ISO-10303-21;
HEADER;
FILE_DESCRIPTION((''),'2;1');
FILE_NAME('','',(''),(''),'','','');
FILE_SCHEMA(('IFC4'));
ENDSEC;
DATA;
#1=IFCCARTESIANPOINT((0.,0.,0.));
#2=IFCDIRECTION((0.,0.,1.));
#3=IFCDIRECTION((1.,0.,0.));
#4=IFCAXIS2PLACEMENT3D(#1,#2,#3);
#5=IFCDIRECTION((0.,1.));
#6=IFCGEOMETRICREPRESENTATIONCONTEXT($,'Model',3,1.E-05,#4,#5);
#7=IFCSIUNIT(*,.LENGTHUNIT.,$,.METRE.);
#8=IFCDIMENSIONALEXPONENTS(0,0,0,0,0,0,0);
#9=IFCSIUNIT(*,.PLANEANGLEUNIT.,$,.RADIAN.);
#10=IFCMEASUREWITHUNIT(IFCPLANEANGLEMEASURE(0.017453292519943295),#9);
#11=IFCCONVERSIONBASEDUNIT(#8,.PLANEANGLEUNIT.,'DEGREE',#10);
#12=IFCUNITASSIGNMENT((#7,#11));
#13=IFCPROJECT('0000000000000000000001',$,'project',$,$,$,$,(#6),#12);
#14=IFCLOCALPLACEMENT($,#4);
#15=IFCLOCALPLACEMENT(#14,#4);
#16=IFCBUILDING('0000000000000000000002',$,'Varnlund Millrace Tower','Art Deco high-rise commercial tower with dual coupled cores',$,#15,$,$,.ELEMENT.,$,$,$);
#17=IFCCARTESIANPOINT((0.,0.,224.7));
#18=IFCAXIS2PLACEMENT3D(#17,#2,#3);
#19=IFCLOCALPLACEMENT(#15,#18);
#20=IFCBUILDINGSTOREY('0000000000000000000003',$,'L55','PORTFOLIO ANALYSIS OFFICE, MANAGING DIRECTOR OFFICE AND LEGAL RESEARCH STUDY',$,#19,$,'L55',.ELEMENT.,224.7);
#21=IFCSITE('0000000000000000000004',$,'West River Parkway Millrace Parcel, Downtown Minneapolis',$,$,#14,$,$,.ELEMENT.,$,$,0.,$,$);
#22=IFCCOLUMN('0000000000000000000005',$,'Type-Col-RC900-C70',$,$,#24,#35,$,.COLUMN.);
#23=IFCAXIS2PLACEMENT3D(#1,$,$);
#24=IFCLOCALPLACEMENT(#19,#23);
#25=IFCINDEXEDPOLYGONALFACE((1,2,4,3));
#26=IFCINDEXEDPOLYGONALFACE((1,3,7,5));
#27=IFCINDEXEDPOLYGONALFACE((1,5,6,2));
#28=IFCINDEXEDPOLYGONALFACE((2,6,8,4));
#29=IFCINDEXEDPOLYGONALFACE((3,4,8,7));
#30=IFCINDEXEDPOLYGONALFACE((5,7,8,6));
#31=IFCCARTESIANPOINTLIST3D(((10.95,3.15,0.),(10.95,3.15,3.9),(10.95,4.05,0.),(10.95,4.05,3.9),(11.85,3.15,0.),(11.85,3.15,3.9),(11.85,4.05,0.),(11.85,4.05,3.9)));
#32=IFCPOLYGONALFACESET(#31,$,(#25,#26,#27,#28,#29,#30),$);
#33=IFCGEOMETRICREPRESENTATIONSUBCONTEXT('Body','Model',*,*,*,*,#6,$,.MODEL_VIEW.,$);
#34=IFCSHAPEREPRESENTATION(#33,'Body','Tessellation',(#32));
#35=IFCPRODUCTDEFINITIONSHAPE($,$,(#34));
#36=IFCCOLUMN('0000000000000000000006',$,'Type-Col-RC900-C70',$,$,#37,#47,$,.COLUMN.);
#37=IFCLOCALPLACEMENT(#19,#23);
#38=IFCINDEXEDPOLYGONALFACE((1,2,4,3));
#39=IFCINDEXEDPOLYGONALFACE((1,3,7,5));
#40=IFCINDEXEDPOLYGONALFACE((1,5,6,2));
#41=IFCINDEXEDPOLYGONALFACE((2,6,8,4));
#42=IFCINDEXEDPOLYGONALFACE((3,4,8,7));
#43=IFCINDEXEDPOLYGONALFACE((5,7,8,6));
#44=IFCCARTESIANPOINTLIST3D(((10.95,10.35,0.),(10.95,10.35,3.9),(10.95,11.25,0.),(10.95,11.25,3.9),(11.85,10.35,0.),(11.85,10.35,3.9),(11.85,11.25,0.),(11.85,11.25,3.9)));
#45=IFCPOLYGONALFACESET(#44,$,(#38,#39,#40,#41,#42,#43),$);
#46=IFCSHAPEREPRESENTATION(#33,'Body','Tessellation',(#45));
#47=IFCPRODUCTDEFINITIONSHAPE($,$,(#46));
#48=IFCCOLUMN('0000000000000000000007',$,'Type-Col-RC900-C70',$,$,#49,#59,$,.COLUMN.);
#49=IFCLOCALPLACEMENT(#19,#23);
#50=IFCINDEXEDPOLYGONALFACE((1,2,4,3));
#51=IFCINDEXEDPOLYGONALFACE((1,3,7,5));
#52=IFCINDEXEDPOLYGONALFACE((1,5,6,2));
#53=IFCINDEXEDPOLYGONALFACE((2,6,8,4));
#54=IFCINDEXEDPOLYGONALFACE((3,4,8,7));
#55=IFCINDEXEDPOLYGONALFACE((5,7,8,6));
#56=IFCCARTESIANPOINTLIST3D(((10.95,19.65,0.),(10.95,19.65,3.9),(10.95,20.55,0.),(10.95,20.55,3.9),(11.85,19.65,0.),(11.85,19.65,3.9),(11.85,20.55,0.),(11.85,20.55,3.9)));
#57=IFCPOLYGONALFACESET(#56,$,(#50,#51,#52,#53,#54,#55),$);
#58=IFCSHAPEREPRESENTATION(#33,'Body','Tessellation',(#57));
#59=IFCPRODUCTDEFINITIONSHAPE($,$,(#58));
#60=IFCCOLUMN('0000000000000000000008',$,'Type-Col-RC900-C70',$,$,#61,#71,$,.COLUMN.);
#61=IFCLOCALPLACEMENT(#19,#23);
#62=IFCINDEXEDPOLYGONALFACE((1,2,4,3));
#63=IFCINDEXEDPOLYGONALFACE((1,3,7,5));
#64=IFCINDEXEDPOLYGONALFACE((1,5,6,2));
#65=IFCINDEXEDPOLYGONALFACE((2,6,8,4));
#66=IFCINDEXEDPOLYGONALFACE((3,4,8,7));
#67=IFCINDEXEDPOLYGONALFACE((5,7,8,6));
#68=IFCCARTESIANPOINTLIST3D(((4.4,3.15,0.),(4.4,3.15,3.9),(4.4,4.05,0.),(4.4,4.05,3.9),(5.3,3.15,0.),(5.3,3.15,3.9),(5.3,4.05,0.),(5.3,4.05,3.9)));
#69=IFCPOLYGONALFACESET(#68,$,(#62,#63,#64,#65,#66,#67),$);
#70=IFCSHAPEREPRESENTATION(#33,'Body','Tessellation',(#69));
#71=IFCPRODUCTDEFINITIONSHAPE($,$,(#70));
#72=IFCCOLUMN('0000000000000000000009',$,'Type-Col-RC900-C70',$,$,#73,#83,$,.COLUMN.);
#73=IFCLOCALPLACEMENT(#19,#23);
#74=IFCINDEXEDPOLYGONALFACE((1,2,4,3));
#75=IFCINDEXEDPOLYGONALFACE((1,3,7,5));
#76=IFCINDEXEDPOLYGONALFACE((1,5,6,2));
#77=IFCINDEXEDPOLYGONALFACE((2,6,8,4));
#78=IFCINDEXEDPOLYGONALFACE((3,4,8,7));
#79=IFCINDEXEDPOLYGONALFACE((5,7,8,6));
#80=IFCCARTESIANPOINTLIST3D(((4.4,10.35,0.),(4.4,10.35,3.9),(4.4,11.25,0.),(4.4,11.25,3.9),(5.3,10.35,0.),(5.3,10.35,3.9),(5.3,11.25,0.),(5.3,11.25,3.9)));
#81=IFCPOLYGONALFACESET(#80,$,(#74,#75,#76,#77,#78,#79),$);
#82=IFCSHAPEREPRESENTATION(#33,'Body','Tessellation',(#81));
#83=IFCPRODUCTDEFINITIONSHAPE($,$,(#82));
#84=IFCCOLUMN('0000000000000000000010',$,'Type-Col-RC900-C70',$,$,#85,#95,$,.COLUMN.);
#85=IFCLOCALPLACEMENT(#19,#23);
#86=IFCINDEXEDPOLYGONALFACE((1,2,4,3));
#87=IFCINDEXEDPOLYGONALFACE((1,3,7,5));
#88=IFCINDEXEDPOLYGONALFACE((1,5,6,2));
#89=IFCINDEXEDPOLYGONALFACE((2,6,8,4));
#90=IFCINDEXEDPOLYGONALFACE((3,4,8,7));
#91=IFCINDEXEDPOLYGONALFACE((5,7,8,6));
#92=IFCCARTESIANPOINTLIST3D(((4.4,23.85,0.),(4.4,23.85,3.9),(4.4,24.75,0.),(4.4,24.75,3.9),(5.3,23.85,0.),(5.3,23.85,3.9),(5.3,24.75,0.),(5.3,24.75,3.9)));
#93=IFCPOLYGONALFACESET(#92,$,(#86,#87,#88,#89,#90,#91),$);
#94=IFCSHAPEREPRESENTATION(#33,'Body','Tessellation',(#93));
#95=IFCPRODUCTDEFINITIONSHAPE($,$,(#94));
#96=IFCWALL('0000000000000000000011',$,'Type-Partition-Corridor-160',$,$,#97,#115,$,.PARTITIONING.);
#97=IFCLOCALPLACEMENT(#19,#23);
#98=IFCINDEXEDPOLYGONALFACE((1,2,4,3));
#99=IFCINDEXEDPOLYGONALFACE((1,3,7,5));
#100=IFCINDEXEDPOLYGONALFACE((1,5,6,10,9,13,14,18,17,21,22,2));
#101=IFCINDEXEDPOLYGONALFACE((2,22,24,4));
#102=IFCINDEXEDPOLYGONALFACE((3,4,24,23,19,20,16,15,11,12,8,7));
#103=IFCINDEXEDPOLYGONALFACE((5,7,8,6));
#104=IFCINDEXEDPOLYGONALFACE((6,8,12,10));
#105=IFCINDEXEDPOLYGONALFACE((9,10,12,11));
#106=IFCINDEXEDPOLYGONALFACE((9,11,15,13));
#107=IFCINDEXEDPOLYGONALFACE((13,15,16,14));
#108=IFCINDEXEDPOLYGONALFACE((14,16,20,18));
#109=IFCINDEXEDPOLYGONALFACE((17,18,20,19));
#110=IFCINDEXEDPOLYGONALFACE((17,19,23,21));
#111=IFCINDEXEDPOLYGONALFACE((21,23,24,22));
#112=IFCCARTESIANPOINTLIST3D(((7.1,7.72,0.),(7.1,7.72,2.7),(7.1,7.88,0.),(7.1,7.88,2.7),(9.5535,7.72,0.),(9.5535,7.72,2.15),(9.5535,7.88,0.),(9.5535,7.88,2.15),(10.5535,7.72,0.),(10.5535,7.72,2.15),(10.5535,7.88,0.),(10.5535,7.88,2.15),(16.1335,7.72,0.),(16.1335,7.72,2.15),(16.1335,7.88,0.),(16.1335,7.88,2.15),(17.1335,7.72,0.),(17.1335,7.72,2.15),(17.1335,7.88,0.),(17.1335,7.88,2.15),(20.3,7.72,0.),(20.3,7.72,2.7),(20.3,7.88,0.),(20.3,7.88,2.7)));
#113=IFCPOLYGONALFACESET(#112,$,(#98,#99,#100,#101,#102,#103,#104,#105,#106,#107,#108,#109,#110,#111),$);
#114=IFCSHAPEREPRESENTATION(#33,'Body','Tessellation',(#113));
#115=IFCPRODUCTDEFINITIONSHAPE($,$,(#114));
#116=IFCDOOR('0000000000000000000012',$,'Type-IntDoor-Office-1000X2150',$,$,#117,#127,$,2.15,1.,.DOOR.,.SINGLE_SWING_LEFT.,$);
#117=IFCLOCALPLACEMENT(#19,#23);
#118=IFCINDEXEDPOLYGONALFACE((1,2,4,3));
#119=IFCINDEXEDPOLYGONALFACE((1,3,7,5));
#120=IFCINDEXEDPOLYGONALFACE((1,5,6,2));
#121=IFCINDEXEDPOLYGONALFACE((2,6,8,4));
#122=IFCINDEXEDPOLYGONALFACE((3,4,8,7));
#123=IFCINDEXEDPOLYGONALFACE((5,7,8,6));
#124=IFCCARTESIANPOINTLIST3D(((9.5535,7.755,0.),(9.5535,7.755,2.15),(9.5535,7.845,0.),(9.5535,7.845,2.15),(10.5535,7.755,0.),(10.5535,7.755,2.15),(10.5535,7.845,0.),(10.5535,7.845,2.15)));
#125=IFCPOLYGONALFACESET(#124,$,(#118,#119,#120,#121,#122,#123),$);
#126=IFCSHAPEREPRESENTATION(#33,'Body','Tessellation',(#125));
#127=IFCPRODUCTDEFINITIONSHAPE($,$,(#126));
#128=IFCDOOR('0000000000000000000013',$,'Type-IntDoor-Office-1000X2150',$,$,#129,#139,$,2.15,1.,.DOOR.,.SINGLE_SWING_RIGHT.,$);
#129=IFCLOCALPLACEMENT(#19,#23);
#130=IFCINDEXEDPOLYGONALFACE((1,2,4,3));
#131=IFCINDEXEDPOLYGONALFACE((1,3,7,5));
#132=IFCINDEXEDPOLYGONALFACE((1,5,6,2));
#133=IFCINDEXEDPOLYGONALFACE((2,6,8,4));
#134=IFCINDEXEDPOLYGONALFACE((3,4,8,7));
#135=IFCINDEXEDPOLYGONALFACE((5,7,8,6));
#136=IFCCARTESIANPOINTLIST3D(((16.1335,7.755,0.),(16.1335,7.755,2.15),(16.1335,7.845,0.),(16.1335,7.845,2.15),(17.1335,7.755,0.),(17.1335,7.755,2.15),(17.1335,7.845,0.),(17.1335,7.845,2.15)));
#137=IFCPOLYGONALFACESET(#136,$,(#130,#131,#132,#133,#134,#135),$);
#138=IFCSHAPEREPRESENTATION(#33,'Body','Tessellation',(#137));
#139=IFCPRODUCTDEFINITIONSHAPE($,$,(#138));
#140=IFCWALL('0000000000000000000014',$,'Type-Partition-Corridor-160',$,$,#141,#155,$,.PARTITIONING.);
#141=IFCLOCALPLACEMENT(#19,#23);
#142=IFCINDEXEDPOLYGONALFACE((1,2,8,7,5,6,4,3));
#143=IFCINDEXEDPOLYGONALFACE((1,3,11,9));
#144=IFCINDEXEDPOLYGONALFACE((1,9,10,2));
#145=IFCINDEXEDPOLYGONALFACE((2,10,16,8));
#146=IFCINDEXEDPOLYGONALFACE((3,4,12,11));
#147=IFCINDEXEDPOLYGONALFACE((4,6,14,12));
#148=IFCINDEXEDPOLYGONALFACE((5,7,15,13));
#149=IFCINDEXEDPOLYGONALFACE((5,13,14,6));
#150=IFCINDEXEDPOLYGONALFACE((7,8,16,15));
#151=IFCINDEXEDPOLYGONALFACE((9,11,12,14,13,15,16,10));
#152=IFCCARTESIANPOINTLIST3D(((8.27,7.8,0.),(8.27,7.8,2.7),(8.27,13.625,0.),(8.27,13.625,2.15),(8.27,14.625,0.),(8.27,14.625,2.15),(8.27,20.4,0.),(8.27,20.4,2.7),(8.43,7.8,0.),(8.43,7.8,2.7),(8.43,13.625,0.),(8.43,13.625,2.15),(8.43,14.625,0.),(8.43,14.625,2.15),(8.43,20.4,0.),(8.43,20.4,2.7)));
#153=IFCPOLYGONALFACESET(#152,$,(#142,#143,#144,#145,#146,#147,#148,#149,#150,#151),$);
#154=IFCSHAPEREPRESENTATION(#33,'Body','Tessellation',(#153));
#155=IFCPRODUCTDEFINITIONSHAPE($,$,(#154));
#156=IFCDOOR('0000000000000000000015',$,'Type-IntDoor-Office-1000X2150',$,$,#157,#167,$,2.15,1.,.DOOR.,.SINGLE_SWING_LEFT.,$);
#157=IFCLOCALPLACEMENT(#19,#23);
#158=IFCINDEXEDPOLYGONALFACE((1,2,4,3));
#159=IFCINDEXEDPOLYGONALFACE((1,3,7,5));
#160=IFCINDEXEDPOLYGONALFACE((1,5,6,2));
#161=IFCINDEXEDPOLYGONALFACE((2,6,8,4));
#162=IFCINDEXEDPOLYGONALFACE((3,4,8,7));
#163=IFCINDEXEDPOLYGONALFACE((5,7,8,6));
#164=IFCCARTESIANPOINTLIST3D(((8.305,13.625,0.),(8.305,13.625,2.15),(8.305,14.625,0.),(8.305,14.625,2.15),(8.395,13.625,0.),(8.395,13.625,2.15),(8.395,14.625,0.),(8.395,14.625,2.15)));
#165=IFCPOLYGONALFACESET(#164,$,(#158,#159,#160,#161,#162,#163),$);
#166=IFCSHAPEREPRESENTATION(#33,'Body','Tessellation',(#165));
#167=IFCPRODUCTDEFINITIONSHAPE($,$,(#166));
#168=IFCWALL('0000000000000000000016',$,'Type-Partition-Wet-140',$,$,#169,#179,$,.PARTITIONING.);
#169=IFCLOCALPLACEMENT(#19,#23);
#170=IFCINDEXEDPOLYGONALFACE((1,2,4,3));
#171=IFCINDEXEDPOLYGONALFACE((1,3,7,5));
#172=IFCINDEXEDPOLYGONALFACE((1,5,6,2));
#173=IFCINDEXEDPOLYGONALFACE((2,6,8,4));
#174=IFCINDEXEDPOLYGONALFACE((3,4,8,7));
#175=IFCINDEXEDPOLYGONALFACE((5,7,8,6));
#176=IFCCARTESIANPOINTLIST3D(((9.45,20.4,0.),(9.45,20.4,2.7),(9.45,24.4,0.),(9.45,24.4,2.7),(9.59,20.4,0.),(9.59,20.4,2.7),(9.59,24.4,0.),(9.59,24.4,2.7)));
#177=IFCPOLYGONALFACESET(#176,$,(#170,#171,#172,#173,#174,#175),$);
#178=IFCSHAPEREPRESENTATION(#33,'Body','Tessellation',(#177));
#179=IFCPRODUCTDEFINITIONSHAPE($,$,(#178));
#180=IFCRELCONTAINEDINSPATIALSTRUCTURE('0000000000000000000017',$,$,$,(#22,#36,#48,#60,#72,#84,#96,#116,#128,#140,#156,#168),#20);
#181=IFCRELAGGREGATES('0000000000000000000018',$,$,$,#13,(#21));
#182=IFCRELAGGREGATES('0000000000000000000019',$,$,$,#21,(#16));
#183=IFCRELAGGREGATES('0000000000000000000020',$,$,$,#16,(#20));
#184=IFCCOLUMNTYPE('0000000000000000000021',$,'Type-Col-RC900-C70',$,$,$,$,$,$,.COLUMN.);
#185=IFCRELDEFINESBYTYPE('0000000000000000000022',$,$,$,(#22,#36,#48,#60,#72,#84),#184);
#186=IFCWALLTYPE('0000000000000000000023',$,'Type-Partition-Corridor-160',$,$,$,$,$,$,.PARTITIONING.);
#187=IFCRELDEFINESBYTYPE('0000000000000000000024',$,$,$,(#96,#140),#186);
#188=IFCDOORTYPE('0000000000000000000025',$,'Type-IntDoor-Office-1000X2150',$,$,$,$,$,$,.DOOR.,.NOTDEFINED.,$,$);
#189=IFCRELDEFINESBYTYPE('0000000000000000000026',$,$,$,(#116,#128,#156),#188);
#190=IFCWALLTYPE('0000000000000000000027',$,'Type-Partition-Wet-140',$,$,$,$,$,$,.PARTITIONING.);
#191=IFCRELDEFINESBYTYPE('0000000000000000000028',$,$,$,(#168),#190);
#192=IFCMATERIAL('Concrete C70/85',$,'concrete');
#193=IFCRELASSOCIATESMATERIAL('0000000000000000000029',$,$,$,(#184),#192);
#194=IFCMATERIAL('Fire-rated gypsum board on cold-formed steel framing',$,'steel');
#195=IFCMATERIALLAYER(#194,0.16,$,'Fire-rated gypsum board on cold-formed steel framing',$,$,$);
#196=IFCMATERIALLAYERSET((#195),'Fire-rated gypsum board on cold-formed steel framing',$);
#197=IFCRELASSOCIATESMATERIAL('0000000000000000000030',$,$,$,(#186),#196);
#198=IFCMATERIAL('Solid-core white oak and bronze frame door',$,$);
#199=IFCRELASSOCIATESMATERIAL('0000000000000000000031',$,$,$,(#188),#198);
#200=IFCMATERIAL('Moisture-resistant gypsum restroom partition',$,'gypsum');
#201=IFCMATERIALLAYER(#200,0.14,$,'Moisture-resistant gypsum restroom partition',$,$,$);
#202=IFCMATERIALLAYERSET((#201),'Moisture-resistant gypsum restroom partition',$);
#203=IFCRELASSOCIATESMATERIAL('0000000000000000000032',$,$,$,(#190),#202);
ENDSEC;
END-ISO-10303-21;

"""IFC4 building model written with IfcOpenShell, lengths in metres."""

from ifc_helpers import new_model, entity, si_unit, converted_unit, direction, frame, origin_with_axes, origin_2d_with_axis, place, context, subcontext, project, spatial, polyline, rectangle, outline, extrude, material, layer, layer_set, material_profile, profile_set, type_object, element, fill, save


model = new_model("IFC4")

# Units and contexts
model_context = context("Model", 3, precision=1e-05, world=origin_with_axes(), true_north=direction((0.0, 1.0)))
body_context = subcontext(model_context, "Body", "Model", "MODEL_VIEW")
ifc_project = project(units=[si_unit("LENGTHUNIT", "METRE"), converted_unit("PLANEANGLEUNIT", "DEGREE", entity("IfcPlaneAngleMeasure", 0.017453292519943295), si_unit("PLANEANGLEUNIT", "RADIAN"), dimensions=[0, 0, 0, 0, 0, 0, 0])], contexts=[model_context])

# Site, building, storey
site_placement = place(None, origin_with_axes())
site = spatial("IfcSite", under=ifc_project, at=site_placement, Name="West River Parkway Millrace Parcel, Downtown Minneapolis", CompositionType="ELEMENT", RefElevation=0.0)
building_placement = place(site_placement, origin_with_axes())
building = spatial("IfcBuilding", under=site, at=building_placement, Name="Varnlund Millrace Tower", Description="Art Deco high-rise commercial tower with dual coupled cores", CompositionType="ELEMENT")
storey_placement = place(building_placement, frame((0.0, 0.0, 224.7), z_axis=(0.0, 0.0, 1.0), x_axis=(1.0, 0.0, 0.0)))
storey = spatial("IfcBuildingStorey", under=building, at=storey_placement, Name="L55", Description="PORTFOLIO ANALYSIS OFFICE, MANAGING DIRECTOR OFFICE AND LEGAL RESEARCH STUDY", LongName="L55", CompositionType="ELEMENT", Elevation=224.7)

# Columns
ifc_material_1 = material(Name="Concrete C70/85", Category="concrete")
ifc_material_profile = material_profile(ifc_material_1, rectangle(XDim=0.9, YDim=0.9, at=origin_2d_with_axis()), Name="Concrete C70/85")
ifc_profile_set = profile_set([ifc_material_profile], Name="Concrete C70/85")
column_type = type_object("IfcColumnType", Name="Type-Col-RC900-C70", PredefinedType="COLUMN", material=ifc_profile_set)
for number, where, z_axis, x_axis, name in (
    (1, (11.4, 3.6, 0.0), (0.0, 0.0, 1.0), (1.0, 0.0, 0.0), "Type-Col-RC900-C70"),
    (2, (11.4, 10.8, 0.0), (0.0, 0.0, 1.0), (1.0, 0.0, 0.0), "Type-Col-RC900-C70"),
    (3, (11.4, 20.1, 0.0), (0.0, 0.0, 1.0), (1.0, 0.0, 0.0), "Type-Col-RC900-C70"),
    (4, (4.85, 3.6, 0.0), (0.0, 0.0, 1.0), (1.0, 0.0, 0.0), "Type-Col-RC900-C70"),
    (5, (4.85, 10.8, 0.0), (0.0, 0.0, 1.0), (1.0, 0.0, 0.0), "Type-Col-RC900-C70"),
    (6, (4.85, 24.3, 0.0), (0.0, 0.0, 1.0), (1.0, 0.0, 0.0), "Type-Col-RC900-C70"),
):
    element("IfcColumn", number, at=place(storey_placement, frame(where, z_axis=z_axis, x_axis=x_axis)), inside=storey, type_object=column_type, Name=name, PredefinedType="COLUMN", context=body_context, shape_type="SweptSolid", body=[
        extrude(rectangle(XDim=0.9, YDim=0.9, at=origin_2d_with_axis()), origin_with_axes(), (0.0, 0.0, 1.0), 3.9),
    ])

# Wall, openings, doors
ifc_material_2 = material(Name="Fire-rated gypsum board on cold-formed steel framing", Category="steel")
ifc_layer_1 = layer(ifc_material_2, 0.16, Name="Fire-rated gypsum board on cold-formed steel framing")
ifc_layer_set_1 = layer_set([ifc_layer_1], Name="Fire-rated gypsum board on cold-formed steel framing")
wall_type_1 = type_object("IfcWallType", Name="Type-Partition-Corridor-160", PredefinedType="PARTITIONING", material=ifc_layer_set_1)
wall_1_placement = place(storey_placement, frame((7.1, 7.8, 0.0), z_axis=(0.0, 0.0, 1.0), x_axis=(1.0, 0.0, 0.0)))
wall_1 = element("IfcWall", 7, at=wall_1_placement, inside=storey, type_object=wall_type_1, Name="Type-Partition-Corridor-160", PredefinedType="PARTITIONING", context=body_context, shape_type="SweptSolid", body=[
    extrude(outline(polyline([(0.0, -0.08), (13.2, -0.08), (13.2, 0.08), (0.0, 0.08), (0.0, -0.08)])), origin_with_axes(), (0.0, 0.0, 1.0), 2.7),
])
opening_1_placement = place(wall_1_placement, frame((2.9535, 0.0, 0.0), z_axis=(0.0, 0.0, 1.0), x_axis=(1.0, 0.0, 0.0)))
opening_1 = element("IfcOpeningElement", 8, at=opening_1_placement, cuts=wall_1, PredefinedType="OPENING", context=body_context, shape_type="SweptSolid", body=[
    extrude(rectangle(XDim=1.0, YDim=0.18, at=origin_2d_with_axis()), origin_with_axes(), (0.0, 0.0, 1.0), 2.15),
])
opening_2_placement = place(wall_1_placement, frame((9.5335, 0.0, 0.0), z_axis=(0.0, 0.0, 1.0), x_axis=(1.0, 0.0, 0.0)))
opening_2 = element("IfcOpeningElement", 9, at=opening_2_placement, cuts=wall_1, PredefinedType="OPENING", context=body_context, shape_type="SweptSolid", body=[
    extrude(rectangle(XDim=1.0, YDim=0.18, at=origin_2d_with_axis()), origin_with_axes(), (0.0, 0.0, 1.0), 2.15),
])
ifc_material_3 = material(Name="Solid-core white oak and bronze frame door")
door_type_1 = type_object("IfcDoorType", Name="Type-IntDoor-Office-1000X2150", OperationType="NOTDEFINED", PredefinedType="DOOR", material=ifc_material_3)
door_1_placement = place(wall_1_placement, frame((2.9535, 0.0, 0.0), z_axis=(0.0, 0.0, 1.0), x_axis=(1.0, 0.0, 0.0)))
door_1 = element("IfcDoor", 10, at=door_1_placement, inside=storey, type_object=door_type_1, Name="Type-IntDoor-Office-1000X2150", OperationType="SINGLE_SWING_LEFT", OverallHeight=2.15, OverallWidth=1.0, PredefinedType="DOOR", context=body_context, shape_type="SweptSolid", body=[
    extrude(rectangle(XDim=1.0, YDim=0.09, at=origin_2d_with_axis()), origin_with_axes(), (0.0, 0.0, 1.0), 2.15),
])
fill(opening_1, door_1)
door_2_placement = place(wall_1_placement, frame((9.5335, 0.0, 0.0), z_axis=(0.0, 0.0, 1.0), x_axis=(1.0, 0.0, 0.0)))
door_2 = element("IfcDoor", 11, at=door_2_placement, inside=storey, type_object=door_type_1, Name="Type-IntDoor-Office-1000X2150", OperationType="SINGLE_SWING_RIGHT", OverallHeight=2.15, OverallWidth=1.0, PredefinedType="DOOR", context=body_context, shape_type="SweptSolid", body=[
    extrude(rectangle(XDim=1.0, YDim=0.09, at=origin_2d_with_axis()), origin_with_axes(), (0.0, 0.0, 1.0), 2.15),
])
fill(opening_2, door_2)

# Wall, opening, door
wall_2_placement = place(storey_placement, frame((8.35, 7.8, 0.0), z_axis=(0.0, 0.0, 1.0), x_axis=(0.0, 1.0, 0.0)))
wall_2 = element("IfcWall", 12, at=wall_2_placement, inside=storey, type_object=wall_type_1, Name="Type-Partition-Corridor-160", PredefinedType="PARTITIONING", context=body_context, shape_type="SweptSolid", body=[
    extrude(outline(polyline([(0.0, -0.08), (12.6, -0.08), (12.6, 0.08), (0.0, 0.08), (0.0, -0.08)])), origin_with_axes(), (0.0, 0.0, 1.0), 2.7),
])
opening_3_placement = place(wall_2_placement, frame((6.325, 0.0, 0.0), z_axis=(0.0, 0.0, 1.0), x_axis=(1.0, 0.0, 0.0)))
opening_3 = element("IfcOpeningElement", 13, at=opening_3_placement, cuts=wall_2, PredefinedType="OPENING", context=body_context, shape_type="SweptSolid", body=[
    extrude(rectangle(XDim=1.0, YDim=0.18, at=origin_2d_with_axis()), origin_with_axes(), (0.0, 0.0, 1.0), 2.15),
])
door_3_placement = place(wall_2_placement, frame((6.325, 0.0, 0.0), z_axis=(0.0, 0.0, 1.0), x_axis=(1.0, 0.0, 0.0)))
door_3 = element("IfcDoor", 14, at=door_3_placement, inside=storey, type_object=door_type_1, Name="Type-IntDoor-Office-1000X2150", OperationType="SINGLE_SWING_LEFT", OverallHeight=2.15, OverallWidth=1.0, PredefinedType="DOOR", context=body_context, shape_type="SweptSolid", body=[
    extrude(rectangle(XDim=1.0, YDim=0.09, at=origin_2d_with_axis()), origin_with_axes(), (0.0, 0.0, 1.0), 2.15),
])
fill(opening_3, door_3)

# Wall
ifc_material_4 = material(Name="Moisture-resistant gypsum restroom partition", Category="gypsum")
ifc_layer_2 = layer(ifc_material_4, 0.14, Name="Moisture-resistant gypsum restroom partition")
ifc_layer_set_2 = layer_set([ifc_layer_2], Name="Moisture-resistant gypsum restroom partition")
wall_type_2 = type_object("IfcWallType", Name="Type-Partition-Wet-140", PredefinedType="PARTITIONING", material=ifc_layer_set_2)
wall_3_placement = place(storey_placement, frame((9.52, 20.4, 0.0), z_axis=(0.0, 0.0, 1.0), x_axis=(0.0, 1.0, 0.0)))
element("IfcWall", 15, at=wall_3_placement, inside=storey, type_object=wall_type_2, Name="Type-Partition-Wet-140", PredefinedType="PARTITIONING", context=body_context, shape_type="SweptSolid", body=[
    extrude(outline(polyline([(0.0, -0.07), (4.0, -0.07), (4.0, 0.07), (0.0, 0.07), (0.0, -0.07)])), origin_with_axes(), (0.0, 0.0, 1.0), 2.7),
])

save(model, "model.ifc")
